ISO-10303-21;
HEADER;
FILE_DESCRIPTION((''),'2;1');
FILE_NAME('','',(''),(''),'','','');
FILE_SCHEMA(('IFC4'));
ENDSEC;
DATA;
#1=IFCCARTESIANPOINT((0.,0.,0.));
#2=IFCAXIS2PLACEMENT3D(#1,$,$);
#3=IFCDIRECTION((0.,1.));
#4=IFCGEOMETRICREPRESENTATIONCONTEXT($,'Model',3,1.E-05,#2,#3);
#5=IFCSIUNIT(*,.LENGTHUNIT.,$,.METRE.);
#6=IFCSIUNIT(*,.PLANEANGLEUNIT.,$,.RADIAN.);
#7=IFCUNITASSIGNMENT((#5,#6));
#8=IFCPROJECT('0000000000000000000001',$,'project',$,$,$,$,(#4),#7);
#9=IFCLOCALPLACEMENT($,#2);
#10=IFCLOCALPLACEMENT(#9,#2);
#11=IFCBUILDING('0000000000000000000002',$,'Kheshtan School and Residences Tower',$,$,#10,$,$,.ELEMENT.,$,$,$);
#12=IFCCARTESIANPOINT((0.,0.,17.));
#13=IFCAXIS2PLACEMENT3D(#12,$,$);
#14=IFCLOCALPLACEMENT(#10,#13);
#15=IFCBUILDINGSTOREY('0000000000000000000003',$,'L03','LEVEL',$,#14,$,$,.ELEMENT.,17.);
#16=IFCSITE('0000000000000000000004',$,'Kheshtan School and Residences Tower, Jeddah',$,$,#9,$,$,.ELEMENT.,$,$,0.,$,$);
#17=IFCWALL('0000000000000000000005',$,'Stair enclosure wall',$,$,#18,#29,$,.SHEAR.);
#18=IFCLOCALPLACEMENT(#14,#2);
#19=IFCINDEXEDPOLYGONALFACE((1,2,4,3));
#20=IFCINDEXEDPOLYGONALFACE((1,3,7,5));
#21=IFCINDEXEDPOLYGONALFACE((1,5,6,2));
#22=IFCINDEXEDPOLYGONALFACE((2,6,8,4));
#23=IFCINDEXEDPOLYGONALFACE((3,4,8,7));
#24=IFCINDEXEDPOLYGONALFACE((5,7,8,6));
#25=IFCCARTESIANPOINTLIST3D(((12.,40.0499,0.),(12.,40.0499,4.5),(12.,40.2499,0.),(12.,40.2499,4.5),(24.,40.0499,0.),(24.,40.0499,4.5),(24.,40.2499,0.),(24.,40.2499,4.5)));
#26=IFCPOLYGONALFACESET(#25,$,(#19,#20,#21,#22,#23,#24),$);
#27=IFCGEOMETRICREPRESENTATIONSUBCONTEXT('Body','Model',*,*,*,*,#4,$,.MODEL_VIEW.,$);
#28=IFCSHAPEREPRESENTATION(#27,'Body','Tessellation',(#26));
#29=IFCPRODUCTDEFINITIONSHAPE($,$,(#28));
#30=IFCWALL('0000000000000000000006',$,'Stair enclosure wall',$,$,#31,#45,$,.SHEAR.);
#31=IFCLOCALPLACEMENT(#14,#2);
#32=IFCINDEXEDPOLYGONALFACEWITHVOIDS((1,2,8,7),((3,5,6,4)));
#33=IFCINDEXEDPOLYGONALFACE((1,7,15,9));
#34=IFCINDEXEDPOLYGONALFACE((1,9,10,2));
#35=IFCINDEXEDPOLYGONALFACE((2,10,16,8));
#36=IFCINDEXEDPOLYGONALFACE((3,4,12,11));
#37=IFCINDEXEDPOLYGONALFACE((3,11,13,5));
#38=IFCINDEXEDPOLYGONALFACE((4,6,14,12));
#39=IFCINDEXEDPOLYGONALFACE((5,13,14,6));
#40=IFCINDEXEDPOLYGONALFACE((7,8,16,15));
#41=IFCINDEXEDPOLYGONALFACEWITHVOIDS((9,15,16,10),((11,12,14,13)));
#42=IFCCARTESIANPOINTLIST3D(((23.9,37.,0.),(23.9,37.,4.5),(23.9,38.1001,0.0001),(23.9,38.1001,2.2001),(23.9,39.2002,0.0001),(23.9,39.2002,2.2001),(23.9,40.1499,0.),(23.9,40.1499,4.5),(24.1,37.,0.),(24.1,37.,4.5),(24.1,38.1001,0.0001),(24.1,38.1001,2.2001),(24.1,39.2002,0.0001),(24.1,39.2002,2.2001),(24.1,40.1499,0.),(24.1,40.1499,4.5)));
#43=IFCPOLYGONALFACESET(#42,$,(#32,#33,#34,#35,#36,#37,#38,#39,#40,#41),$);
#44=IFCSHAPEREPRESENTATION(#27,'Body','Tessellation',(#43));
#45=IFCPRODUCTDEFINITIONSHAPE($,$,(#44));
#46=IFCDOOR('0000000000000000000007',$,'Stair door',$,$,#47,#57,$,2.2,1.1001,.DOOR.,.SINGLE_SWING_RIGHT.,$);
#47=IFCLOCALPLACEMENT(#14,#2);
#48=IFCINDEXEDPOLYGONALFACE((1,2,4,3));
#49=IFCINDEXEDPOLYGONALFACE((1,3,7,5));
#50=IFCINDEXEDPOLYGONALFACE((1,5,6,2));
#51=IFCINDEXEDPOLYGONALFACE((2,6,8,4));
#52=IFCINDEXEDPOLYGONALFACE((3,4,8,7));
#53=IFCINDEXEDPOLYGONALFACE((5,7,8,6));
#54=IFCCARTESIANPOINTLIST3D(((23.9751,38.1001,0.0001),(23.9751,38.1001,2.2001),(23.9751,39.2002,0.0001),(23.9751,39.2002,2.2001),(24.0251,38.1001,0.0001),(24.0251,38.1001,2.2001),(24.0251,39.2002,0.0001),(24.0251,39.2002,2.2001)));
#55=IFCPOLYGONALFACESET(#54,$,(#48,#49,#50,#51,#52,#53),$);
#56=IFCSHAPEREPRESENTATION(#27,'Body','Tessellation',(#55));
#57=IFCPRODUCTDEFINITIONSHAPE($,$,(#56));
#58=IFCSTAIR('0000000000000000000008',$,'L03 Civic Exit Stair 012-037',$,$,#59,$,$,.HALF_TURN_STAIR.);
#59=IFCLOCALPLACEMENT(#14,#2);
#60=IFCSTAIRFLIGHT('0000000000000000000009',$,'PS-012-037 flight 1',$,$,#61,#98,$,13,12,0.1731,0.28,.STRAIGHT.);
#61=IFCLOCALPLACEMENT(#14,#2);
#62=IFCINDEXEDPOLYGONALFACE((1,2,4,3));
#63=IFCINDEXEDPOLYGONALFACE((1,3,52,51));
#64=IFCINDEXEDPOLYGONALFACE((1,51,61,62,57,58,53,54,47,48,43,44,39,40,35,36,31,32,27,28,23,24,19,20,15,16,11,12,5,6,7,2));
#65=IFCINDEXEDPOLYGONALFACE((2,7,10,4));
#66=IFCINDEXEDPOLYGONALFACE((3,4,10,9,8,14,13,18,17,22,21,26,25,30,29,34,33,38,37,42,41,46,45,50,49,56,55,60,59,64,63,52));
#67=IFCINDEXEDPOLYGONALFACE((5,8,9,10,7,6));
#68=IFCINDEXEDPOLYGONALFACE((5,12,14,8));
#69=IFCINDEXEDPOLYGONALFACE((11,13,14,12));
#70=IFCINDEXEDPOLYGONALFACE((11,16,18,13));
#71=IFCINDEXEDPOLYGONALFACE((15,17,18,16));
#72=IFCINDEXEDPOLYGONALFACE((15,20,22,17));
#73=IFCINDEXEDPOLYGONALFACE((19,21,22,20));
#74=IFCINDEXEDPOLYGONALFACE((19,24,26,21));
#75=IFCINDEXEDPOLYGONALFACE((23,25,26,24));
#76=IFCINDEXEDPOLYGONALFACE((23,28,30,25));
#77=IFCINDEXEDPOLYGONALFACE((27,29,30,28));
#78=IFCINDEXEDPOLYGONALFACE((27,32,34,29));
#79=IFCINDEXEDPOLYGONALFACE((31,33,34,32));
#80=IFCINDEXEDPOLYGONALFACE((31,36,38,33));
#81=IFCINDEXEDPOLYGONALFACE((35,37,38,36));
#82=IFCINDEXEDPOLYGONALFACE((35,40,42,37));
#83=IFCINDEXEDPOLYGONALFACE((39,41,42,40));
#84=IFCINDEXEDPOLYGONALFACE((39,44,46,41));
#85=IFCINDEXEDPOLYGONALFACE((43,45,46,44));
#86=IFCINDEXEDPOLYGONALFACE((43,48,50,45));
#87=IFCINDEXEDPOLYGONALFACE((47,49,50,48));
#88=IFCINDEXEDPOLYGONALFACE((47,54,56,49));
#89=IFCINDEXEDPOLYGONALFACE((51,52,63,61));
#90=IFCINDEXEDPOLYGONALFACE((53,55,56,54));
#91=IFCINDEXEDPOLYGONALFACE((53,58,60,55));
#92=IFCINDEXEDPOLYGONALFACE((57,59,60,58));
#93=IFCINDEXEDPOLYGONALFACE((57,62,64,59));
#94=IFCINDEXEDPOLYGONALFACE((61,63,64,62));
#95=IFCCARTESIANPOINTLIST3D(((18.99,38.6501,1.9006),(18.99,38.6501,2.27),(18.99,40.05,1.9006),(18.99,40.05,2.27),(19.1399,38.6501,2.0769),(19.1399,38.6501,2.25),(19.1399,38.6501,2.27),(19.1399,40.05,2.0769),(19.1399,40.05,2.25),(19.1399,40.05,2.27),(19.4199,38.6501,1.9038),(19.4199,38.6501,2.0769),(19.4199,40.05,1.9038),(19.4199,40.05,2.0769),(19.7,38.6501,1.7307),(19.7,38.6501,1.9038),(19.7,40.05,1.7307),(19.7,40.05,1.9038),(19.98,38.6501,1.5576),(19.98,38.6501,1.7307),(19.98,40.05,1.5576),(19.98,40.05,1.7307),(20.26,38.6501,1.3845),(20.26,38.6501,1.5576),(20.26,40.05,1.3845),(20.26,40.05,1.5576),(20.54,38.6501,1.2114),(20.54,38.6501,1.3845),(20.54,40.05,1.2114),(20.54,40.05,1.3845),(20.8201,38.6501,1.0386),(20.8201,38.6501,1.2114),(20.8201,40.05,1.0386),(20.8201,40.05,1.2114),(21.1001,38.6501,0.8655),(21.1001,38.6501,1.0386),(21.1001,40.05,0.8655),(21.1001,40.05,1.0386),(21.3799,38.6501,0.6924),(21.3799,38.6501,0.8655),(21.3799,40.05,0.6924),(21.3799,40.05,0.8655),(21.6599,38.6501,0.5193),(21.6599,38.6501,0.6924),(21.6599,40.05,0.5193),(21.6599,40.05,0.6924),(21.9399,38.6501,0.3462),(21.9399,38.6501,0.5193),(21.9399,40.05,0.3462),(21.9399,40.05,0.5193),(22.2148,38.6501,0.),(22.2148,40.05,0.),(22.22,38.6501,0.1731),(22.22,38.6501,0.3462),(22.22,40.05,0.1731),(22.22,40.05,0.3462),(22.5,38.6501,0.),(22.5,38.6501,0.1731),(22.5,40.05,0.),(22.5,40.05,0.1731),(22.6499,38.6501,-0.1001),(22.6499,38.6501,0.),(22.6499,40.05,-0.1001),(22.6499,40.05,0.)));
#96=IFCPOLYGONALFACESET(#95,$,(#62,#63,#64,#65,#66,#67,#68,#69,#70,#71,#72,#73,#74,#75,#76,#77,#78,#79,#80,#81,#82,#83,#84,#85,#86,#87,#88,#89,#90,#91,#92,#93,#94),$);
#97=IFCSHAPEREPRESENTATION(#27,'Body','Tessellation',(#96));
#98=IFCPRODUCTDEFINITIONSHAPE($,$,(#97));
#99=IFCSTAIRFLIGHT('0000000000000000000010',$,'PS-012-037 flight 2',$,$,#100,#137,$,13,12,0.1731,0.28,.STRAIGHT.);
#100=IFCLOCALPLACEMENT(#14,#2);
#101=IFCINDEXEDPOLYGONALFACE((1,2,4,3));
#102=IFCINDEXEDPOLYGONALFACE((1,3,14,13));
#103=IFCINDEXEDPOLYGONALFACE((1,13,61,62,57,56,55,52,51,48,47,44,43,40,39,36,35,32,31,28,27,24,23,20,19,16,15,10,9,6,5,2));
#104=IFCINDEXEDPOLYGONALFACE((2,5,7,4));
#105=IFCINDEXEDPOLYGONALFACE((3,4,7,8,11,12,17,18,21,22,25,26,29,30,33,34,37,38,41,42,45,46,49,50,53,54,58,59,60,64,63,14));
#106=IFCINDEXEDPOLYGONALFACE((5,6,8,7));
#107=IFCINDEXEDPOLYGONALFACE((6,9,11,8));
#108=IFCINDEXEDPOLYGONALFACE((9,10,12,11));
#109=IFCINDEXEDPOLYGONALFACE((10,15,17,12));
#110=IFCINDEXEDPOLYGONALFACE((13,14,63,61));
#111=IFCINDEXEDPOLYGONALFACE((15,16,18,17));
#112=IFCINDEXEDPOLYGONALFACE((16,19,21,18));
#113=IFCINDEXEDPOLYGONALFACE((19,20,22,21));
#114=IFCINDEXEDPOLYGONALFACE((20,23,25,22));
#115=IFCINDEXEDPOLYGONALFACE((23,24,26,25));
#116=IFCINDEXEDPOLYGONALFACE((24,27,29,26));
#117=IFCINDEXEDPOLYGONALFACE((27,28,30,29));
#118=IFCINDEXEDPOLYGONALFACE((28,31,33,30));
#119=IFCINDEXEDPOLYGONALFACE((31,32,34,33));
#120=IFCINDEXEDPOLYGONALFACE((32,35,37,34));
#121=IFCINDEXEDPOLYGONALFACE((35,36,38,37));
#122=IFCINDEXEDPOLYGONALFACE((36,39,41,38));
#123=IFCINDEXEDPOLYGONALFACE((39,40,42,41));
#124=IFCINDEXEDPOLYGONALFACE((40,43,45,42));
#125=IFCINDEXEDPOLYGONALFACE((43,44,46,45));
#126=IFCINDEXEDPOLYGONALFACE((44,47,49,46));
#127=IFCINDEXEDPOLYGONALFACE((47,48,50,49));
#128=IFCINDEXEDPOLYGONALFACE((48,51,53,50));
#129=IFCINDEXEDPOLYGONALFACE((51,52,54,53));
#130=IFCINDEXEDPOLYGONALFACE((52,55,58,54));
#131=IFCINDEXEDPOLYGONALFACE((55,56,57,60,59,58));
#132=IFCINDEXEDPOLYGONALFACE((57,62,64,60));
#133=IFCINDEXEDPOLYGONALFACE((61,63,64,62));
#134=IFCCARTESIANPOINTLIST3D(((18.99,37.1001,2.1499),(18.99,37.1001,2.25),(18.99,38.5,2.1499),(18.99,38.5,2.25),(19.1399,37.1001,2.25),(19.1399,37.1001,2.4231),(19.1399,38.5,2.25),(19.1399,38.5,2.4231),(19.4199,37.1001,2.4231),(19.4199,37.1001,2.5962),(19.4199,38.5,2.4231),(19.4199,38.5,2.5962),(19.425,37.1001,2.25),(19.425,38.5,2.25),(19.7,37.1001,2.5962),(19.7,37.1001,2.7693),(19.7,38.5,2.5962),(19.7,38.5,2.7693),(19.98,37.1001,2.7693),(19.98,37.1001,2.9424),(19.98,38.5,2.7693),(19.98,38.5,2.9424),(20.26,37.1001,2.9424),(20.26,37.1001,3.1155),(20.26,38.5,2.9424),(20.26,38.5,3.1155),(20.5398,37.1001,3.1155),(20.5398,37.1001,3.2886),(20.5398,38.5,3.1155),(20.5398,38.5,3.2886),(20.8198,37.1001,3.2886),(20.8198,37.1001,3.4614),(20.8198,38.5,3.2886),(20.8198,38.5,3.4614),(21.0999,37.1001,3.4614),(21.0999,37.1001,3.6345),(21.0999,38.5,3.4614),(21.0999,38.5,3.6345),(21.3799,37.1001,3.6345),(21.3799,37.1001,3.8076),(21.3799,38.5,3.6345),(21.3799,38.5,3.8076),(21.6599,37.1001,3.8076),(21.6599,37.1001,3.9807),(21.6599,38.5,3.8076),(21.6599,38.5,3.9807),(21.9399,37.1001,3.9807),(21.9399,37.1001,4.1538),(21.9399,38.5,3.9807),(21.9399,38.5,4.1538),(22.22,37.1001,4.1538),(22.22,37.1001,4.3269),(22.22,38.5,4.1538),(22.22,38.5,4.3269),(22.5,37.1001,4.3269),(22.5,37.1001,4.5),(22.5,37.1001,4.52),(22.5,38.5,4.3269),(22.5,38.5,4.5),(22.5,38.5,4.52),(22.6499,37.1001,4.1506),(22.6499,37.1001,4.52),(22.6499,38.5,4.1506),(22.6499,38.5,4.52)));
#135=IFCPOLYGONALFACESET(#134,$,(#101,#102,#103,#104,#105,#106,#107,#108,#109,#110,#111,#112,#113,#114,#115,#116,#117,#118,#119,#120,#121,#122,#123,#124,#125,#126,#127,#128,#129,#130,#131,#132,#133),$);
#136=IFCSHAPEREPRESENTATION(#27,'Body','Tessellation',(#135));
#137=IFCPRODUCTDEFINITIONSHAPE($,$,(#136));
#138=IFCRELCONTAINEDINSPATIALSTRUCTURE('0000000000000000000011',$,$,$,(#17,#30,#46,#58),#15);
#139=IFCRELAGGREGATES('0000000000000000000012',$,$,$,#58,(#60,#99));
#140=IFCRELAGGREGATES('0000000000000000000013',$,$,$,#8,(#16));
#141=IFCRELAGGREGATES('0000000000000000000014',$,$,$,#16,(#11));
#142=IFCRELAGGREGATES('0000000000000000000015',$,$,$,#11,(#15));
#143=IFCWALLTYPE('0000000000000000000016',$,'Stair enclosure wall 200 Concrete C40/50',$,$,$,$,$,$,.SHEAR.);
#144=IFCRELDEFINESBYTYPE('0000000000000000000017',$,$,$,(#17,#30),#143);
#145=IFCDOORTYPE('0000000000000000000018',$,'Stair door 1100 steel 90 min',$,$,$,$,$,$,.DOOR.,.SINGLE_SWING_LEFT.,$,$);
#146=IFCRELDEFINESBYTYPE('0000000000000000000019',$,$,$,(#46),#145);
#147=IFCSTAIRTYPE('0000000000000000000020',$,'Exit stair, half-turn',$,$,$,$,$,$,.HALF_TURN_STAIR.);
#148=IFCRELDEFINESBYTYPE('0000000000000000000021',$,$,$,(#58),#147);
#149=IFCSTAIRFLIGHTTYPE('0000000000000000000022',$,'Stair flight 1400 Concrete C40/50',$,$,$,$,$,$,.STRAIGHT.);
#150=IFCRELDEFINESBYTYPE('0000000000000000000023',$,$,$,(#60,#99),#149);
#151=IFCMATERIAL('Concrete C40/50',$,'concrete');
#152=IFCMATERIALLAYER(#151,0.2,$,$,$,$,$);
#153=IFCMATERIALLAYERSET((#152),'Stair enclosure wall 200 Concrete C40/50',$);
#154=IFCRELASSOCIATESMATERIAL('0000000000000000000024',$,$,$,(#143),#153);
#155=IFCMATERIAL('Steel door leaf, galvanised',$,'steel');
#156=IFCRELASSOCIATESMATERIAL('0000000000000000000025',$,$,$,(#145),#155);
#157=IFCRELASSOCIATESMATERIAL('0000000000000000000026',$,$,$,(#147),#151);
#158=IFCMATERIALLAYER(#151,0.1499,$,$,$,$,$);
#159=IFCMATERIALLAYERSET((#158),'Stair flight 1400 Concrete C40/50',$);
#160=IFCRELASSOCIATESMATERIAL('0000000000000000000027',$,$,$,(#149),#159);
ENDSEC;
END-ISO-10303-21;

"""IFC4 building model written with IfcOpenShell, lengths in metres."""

from ifc_helpers import new_model, si_unit, direction, frame, frame_2d, origin, place, context, subcontext, project, spatial, polyline, rectangle, outline, extrude, source, transform, mapped, material, layer, layer_set, type_object, element, fill, aggregate, save


model = new_model("IFC4")

# Units and contexts
model_context = context("Model", 3, precision=1e-05, world=origin(), true_north=direction((0.0, 1.0)))
body_context = subcontext(model_context, "Body", "Model", "MODEL_VIEW")
ifc_project = project(units=[si_unit("LENGTHUNIT", "METRE"), si_unit("PLANEANGLEUNIT", "RADIAN")], contexts=[model_context])

# Site, building, storey
site_placement = place(None, origin())
site = spatial("IfcSite", under=ifc_project, at=site_placement, Name="Kheshtan School and Residences Tower, Jeddah", CompositionType="ELEMENT", RefElevation=0.0)
building_placement = place(site_placement, origin())
building = spatial("IfcBuilding", under=site, at=building_placement, Name="Kheshtan School and Residences Tower", CompositionType="ELEMENT")
storey_placement = place(building_placement, frame((0.0, 0.0, 17.0)))
storey = spatial("IfcBuildingStorey", under=building, at=storey_placement, Name="L03", Description="LEVEL", CompositionType="ELEMENT", Elevation=17.0)

# Wall
ifc_material_1 = material(Name="Concrete C40/50", Category="concrete")
ifc_layer_1 = layer(ifc_material_1, 0.2)
ifc_layer_set_1 = layer_set([ifc_layer_1], Name="Stair enclosure wall 200 Concrete C40/50")
wall_type_1 = type_object("IfcWallType", Name="Stair enclosure wall 200 Concrete C40/50", PredefinedType="SHEAR", material=ifc_layer_set_1)
wall_1_placement = place(storey_placement, frame((12.0, 40.1499, 0.0), z_axis=(0.0, 0.0, 1.0), x_axis=(1.0, 0.0, 0.0)))
element("IfcWall", 1, at=wall_1_placement, inside=storey, type_object=wall_type_1, Name="Stair enclosure wall", PredefinedType="SHEAR", context=body_context, shape_type="SweptSolid", body=[
    extrude(rectangle(XDim=12.0, YDim=0.2, at=frame_2d((6.0, 0.0))), origin(), (0.0, 0.0, 1.0), 4.5),
])

# Wall, opening, door
wall_2_placement = place(storey_placement, frame((24.0, 37.0, 0.0), z_axis=(0.0, 0.0, 1.0), x_axis=(0.0, 1.0, 0.0)))
wall_2 = element("IfcWall", 2, at=wall_2_placement, inside=storey, type_object=wall_type_1, Name="Stair enclosure wall", PredefinedType="SHEAR", context=body_context, shape_type="SweptSolid", body=[
    extrude(rectangle(XDim=3.1499, YDim=0.2, at=frame_2d((1.575, 0.0))), origin(), (0.0, 0.0, 1.0), 4.5),
])
opening_1_placement = place(wall_2_placement, frame((1.1001, 0.0, 0.0)))
opening_1 = element("IfcOpeningElement", 3, at=opening_1_placement, cuts=wall_2, PredefinedType="OPENING", context=body_context, shape_type="SweptSolid", body=[
    extrude(rectangle(XDim=1.1001, YDim=2.2, at=frame_2d((0.55, 1.1001))), frame((0.0, 0.1099, 0.0), z_axis=(0.0, -1.0, 0.0), x_axis=(1.0, 0.0, 0.0)), (0.0, 0.0, 1.0), 0.22),
])
ifc_material_2 = material(Name="Steel door leaf, galvanised", Category="steel")
door_type_1 = type_object("IfcDoorType", Name="Stair door 1100 steel 90 min", OperationType="SINGLE_SWING_LEFT", PredefinedType="DOOR", material=ifc_material_2)
shared_shape_1 = source(origin(), body_context, "Body", "SweptSolid", [
    extrude(rectangle(XDim=1.1001, YDim=2.2, at=frame_2d((0.55, 1.1001))), frame((0.0, 0.0249, 0.0), z_axis=(0.0, -1.0, 0.0), x_axis=(1.0, 0.0, 0.0)), (0.0, 0.0, 1.0), 0.05),
])
door_1_placement = place(opening_1_placement, origin())
door_1 = element("IfcDoor", 4, at=door_1_placement, inside=storey, type_object=door_type_1, Name="Stair door", OperationType="SINGLE_SWING_RIGHT", OverallHeight=2.2, OverallWidth=1.1001, PredefinedType="DOOR", context=body_context, shape_type="MappedRepresentation", body=[
    mapped(shared_shape_1, transform((0.0, 0.0, 0.0), x_axis=(1.0, 0.0, 0.0), y_axis=(0.0, 1.0, 0.0), z_axis=(0.0, 0.0, 1.0), scale=1.0)),
])
fill(opening_1, door_1)

# Stair, stair flights
stair_type = type_object("IfcStairType", Name="Exit stair, half-turn", PredefinedType="HALF_TURN_STAIR", material=ifc_material_1)
stair_placement = place(storey_placement, origin())
stair = element("IfcStair", 5, at=stair_placement, inside=storey, type_object=stair_type, Name="L03 Civic Exit Stair 012-037", PredefinedType="HALF_TURN_STAIR")
ifc_layer_2 = layer(ifc_material_1, 0.1499)
ifc_layer_set_2 = layer_set([ifc_layer_2], Name="Stair flight 1400 Concrete C40/50")
stair_flight_type = type_object("IfcStairFlightType", Name="Stair flight 1400 Concrete C40/50", PredefinedType="STRAIGHT", material=ifc_layer_set_2)
stair_flight_1_placement = place(storey_placement, frame((22.5, 39.3501, 0.0), z_axis=(0.0, 0.0, 1.0), x_axis=(-1.0, 0.0, 0.0)))
stair_flight_1 = element("IfcStairFlight", 6, at=stair_flight_1_placement, type_object=stair_flight_type, Name="PS-012-037 flight 1", NumberOfRisers=13, NumberOfTreads=12, PredefinedType="STRAIGHT", RiserHeight=0.1731, TreadLength=0.28, context=body_context, shape_type="SweptSolid", body=[
    extrude(outline(polyline([(-0.1499, -0.1001), (-0.1499, 0.0), (0.0, 0.0), (0.0, 0.1731), (0.28, 0.1731), (0.28, 0.3462), (0.5601, 0.3462), (0.5601, 0.5193), (0.8401, 0.5193), (0.8401, 0.6924), (1.1201, 0.6924), (1.1201, 0.8655), (1.3999, 0.8655), (1.3999, 1.0386), (1.6799, 1.0386), (1.6799, 1.2114), (1.96, 1.2114), (1.96, 1.3845), (2.24, 1.3845), (2.24, 1.5576), (2.52, 1.5576), (2.52, 1.7307), (2.8, 1.7307), (2.8, 1.9038), (3.0801, 1.9038), (3.0801, 2.0769), (3.3601, 2.0769), (3.3601, 2.25), (3.3601, 2.27), (3.51, 2.27), (3.51, 1.9006), (0.2852, 0.0), (-0.1499, -0.1001)])), frame((0.0, 0.7, 0.0), z_axis=(0.0, -1.0, 0.0), x_axis=(1.0, 0.0, 0.0)), (0.0, 0.0, 1.0), 1.3999),
])
stair_flight_2_placement = place(storey_placement, frame((19.1399, 37.8, 2.25), z_axis=(0.0, 0.0, 1.0), x_axis=(1.0, 0.0, 0.0)))
stair_flight_2 = element("IfcStairFlight", 7, at=stair_flight_2_placement, type_object=stair_flight_type, Name="PS-012-037 flight 2", NumberOfRisers=13, NumberOfTreads=12, PredefinedType="STRAIGHT", RiserHeight=0.1731, TreadLength=0.28, context=body_context, shape_type="SweptSolid", body=[
    extrude(outline(polyline([(-0.1499, -0.1001), (-0.1499, 0.0), (0.0, 0.0), (0.0, 0.1731), (0.28, 0.1731), (0.28, 0.3462), (0.5601, 0.3462), (0.5601, 0.5193), (0.8401, 0.5193), (0.8401, 0.6924), (1.1201, 0.6924), (1.1201, 0.8655), (1.3999, 0.8655), (1.3999, 1.0386), (1.6799, 1.0386), (1.6799, 1.2114), (1.96, 1.2114), (1.96, 1.3845), (2.24, 1.3845), (2.24, 1.5576), (2.52, 1.5576), (2.52, 1.7307), (2.8, 1.7307), (2.8, 1.9038), (3.0801, 1.9038), (3.0801, 2.0769), (3.3601, 2.0769), (3.3601, 2.25), (3.3601, 2.27), (3.51, 2.27), (3.51, 1.9006), (0.2852, 0.0), (-0.1499, -0.1001)])), frame((0.0, 0.7, 0.0), z_axis=(0.0, -1.0, 0.0), x_axis=(1.0, 0.0, 0.0)), (0.0, 0.0, 1.0), 1.3999),
])
aggregate(stair, [stair_flight_1, stair_flight_2])

save(model, "model.ifc")
